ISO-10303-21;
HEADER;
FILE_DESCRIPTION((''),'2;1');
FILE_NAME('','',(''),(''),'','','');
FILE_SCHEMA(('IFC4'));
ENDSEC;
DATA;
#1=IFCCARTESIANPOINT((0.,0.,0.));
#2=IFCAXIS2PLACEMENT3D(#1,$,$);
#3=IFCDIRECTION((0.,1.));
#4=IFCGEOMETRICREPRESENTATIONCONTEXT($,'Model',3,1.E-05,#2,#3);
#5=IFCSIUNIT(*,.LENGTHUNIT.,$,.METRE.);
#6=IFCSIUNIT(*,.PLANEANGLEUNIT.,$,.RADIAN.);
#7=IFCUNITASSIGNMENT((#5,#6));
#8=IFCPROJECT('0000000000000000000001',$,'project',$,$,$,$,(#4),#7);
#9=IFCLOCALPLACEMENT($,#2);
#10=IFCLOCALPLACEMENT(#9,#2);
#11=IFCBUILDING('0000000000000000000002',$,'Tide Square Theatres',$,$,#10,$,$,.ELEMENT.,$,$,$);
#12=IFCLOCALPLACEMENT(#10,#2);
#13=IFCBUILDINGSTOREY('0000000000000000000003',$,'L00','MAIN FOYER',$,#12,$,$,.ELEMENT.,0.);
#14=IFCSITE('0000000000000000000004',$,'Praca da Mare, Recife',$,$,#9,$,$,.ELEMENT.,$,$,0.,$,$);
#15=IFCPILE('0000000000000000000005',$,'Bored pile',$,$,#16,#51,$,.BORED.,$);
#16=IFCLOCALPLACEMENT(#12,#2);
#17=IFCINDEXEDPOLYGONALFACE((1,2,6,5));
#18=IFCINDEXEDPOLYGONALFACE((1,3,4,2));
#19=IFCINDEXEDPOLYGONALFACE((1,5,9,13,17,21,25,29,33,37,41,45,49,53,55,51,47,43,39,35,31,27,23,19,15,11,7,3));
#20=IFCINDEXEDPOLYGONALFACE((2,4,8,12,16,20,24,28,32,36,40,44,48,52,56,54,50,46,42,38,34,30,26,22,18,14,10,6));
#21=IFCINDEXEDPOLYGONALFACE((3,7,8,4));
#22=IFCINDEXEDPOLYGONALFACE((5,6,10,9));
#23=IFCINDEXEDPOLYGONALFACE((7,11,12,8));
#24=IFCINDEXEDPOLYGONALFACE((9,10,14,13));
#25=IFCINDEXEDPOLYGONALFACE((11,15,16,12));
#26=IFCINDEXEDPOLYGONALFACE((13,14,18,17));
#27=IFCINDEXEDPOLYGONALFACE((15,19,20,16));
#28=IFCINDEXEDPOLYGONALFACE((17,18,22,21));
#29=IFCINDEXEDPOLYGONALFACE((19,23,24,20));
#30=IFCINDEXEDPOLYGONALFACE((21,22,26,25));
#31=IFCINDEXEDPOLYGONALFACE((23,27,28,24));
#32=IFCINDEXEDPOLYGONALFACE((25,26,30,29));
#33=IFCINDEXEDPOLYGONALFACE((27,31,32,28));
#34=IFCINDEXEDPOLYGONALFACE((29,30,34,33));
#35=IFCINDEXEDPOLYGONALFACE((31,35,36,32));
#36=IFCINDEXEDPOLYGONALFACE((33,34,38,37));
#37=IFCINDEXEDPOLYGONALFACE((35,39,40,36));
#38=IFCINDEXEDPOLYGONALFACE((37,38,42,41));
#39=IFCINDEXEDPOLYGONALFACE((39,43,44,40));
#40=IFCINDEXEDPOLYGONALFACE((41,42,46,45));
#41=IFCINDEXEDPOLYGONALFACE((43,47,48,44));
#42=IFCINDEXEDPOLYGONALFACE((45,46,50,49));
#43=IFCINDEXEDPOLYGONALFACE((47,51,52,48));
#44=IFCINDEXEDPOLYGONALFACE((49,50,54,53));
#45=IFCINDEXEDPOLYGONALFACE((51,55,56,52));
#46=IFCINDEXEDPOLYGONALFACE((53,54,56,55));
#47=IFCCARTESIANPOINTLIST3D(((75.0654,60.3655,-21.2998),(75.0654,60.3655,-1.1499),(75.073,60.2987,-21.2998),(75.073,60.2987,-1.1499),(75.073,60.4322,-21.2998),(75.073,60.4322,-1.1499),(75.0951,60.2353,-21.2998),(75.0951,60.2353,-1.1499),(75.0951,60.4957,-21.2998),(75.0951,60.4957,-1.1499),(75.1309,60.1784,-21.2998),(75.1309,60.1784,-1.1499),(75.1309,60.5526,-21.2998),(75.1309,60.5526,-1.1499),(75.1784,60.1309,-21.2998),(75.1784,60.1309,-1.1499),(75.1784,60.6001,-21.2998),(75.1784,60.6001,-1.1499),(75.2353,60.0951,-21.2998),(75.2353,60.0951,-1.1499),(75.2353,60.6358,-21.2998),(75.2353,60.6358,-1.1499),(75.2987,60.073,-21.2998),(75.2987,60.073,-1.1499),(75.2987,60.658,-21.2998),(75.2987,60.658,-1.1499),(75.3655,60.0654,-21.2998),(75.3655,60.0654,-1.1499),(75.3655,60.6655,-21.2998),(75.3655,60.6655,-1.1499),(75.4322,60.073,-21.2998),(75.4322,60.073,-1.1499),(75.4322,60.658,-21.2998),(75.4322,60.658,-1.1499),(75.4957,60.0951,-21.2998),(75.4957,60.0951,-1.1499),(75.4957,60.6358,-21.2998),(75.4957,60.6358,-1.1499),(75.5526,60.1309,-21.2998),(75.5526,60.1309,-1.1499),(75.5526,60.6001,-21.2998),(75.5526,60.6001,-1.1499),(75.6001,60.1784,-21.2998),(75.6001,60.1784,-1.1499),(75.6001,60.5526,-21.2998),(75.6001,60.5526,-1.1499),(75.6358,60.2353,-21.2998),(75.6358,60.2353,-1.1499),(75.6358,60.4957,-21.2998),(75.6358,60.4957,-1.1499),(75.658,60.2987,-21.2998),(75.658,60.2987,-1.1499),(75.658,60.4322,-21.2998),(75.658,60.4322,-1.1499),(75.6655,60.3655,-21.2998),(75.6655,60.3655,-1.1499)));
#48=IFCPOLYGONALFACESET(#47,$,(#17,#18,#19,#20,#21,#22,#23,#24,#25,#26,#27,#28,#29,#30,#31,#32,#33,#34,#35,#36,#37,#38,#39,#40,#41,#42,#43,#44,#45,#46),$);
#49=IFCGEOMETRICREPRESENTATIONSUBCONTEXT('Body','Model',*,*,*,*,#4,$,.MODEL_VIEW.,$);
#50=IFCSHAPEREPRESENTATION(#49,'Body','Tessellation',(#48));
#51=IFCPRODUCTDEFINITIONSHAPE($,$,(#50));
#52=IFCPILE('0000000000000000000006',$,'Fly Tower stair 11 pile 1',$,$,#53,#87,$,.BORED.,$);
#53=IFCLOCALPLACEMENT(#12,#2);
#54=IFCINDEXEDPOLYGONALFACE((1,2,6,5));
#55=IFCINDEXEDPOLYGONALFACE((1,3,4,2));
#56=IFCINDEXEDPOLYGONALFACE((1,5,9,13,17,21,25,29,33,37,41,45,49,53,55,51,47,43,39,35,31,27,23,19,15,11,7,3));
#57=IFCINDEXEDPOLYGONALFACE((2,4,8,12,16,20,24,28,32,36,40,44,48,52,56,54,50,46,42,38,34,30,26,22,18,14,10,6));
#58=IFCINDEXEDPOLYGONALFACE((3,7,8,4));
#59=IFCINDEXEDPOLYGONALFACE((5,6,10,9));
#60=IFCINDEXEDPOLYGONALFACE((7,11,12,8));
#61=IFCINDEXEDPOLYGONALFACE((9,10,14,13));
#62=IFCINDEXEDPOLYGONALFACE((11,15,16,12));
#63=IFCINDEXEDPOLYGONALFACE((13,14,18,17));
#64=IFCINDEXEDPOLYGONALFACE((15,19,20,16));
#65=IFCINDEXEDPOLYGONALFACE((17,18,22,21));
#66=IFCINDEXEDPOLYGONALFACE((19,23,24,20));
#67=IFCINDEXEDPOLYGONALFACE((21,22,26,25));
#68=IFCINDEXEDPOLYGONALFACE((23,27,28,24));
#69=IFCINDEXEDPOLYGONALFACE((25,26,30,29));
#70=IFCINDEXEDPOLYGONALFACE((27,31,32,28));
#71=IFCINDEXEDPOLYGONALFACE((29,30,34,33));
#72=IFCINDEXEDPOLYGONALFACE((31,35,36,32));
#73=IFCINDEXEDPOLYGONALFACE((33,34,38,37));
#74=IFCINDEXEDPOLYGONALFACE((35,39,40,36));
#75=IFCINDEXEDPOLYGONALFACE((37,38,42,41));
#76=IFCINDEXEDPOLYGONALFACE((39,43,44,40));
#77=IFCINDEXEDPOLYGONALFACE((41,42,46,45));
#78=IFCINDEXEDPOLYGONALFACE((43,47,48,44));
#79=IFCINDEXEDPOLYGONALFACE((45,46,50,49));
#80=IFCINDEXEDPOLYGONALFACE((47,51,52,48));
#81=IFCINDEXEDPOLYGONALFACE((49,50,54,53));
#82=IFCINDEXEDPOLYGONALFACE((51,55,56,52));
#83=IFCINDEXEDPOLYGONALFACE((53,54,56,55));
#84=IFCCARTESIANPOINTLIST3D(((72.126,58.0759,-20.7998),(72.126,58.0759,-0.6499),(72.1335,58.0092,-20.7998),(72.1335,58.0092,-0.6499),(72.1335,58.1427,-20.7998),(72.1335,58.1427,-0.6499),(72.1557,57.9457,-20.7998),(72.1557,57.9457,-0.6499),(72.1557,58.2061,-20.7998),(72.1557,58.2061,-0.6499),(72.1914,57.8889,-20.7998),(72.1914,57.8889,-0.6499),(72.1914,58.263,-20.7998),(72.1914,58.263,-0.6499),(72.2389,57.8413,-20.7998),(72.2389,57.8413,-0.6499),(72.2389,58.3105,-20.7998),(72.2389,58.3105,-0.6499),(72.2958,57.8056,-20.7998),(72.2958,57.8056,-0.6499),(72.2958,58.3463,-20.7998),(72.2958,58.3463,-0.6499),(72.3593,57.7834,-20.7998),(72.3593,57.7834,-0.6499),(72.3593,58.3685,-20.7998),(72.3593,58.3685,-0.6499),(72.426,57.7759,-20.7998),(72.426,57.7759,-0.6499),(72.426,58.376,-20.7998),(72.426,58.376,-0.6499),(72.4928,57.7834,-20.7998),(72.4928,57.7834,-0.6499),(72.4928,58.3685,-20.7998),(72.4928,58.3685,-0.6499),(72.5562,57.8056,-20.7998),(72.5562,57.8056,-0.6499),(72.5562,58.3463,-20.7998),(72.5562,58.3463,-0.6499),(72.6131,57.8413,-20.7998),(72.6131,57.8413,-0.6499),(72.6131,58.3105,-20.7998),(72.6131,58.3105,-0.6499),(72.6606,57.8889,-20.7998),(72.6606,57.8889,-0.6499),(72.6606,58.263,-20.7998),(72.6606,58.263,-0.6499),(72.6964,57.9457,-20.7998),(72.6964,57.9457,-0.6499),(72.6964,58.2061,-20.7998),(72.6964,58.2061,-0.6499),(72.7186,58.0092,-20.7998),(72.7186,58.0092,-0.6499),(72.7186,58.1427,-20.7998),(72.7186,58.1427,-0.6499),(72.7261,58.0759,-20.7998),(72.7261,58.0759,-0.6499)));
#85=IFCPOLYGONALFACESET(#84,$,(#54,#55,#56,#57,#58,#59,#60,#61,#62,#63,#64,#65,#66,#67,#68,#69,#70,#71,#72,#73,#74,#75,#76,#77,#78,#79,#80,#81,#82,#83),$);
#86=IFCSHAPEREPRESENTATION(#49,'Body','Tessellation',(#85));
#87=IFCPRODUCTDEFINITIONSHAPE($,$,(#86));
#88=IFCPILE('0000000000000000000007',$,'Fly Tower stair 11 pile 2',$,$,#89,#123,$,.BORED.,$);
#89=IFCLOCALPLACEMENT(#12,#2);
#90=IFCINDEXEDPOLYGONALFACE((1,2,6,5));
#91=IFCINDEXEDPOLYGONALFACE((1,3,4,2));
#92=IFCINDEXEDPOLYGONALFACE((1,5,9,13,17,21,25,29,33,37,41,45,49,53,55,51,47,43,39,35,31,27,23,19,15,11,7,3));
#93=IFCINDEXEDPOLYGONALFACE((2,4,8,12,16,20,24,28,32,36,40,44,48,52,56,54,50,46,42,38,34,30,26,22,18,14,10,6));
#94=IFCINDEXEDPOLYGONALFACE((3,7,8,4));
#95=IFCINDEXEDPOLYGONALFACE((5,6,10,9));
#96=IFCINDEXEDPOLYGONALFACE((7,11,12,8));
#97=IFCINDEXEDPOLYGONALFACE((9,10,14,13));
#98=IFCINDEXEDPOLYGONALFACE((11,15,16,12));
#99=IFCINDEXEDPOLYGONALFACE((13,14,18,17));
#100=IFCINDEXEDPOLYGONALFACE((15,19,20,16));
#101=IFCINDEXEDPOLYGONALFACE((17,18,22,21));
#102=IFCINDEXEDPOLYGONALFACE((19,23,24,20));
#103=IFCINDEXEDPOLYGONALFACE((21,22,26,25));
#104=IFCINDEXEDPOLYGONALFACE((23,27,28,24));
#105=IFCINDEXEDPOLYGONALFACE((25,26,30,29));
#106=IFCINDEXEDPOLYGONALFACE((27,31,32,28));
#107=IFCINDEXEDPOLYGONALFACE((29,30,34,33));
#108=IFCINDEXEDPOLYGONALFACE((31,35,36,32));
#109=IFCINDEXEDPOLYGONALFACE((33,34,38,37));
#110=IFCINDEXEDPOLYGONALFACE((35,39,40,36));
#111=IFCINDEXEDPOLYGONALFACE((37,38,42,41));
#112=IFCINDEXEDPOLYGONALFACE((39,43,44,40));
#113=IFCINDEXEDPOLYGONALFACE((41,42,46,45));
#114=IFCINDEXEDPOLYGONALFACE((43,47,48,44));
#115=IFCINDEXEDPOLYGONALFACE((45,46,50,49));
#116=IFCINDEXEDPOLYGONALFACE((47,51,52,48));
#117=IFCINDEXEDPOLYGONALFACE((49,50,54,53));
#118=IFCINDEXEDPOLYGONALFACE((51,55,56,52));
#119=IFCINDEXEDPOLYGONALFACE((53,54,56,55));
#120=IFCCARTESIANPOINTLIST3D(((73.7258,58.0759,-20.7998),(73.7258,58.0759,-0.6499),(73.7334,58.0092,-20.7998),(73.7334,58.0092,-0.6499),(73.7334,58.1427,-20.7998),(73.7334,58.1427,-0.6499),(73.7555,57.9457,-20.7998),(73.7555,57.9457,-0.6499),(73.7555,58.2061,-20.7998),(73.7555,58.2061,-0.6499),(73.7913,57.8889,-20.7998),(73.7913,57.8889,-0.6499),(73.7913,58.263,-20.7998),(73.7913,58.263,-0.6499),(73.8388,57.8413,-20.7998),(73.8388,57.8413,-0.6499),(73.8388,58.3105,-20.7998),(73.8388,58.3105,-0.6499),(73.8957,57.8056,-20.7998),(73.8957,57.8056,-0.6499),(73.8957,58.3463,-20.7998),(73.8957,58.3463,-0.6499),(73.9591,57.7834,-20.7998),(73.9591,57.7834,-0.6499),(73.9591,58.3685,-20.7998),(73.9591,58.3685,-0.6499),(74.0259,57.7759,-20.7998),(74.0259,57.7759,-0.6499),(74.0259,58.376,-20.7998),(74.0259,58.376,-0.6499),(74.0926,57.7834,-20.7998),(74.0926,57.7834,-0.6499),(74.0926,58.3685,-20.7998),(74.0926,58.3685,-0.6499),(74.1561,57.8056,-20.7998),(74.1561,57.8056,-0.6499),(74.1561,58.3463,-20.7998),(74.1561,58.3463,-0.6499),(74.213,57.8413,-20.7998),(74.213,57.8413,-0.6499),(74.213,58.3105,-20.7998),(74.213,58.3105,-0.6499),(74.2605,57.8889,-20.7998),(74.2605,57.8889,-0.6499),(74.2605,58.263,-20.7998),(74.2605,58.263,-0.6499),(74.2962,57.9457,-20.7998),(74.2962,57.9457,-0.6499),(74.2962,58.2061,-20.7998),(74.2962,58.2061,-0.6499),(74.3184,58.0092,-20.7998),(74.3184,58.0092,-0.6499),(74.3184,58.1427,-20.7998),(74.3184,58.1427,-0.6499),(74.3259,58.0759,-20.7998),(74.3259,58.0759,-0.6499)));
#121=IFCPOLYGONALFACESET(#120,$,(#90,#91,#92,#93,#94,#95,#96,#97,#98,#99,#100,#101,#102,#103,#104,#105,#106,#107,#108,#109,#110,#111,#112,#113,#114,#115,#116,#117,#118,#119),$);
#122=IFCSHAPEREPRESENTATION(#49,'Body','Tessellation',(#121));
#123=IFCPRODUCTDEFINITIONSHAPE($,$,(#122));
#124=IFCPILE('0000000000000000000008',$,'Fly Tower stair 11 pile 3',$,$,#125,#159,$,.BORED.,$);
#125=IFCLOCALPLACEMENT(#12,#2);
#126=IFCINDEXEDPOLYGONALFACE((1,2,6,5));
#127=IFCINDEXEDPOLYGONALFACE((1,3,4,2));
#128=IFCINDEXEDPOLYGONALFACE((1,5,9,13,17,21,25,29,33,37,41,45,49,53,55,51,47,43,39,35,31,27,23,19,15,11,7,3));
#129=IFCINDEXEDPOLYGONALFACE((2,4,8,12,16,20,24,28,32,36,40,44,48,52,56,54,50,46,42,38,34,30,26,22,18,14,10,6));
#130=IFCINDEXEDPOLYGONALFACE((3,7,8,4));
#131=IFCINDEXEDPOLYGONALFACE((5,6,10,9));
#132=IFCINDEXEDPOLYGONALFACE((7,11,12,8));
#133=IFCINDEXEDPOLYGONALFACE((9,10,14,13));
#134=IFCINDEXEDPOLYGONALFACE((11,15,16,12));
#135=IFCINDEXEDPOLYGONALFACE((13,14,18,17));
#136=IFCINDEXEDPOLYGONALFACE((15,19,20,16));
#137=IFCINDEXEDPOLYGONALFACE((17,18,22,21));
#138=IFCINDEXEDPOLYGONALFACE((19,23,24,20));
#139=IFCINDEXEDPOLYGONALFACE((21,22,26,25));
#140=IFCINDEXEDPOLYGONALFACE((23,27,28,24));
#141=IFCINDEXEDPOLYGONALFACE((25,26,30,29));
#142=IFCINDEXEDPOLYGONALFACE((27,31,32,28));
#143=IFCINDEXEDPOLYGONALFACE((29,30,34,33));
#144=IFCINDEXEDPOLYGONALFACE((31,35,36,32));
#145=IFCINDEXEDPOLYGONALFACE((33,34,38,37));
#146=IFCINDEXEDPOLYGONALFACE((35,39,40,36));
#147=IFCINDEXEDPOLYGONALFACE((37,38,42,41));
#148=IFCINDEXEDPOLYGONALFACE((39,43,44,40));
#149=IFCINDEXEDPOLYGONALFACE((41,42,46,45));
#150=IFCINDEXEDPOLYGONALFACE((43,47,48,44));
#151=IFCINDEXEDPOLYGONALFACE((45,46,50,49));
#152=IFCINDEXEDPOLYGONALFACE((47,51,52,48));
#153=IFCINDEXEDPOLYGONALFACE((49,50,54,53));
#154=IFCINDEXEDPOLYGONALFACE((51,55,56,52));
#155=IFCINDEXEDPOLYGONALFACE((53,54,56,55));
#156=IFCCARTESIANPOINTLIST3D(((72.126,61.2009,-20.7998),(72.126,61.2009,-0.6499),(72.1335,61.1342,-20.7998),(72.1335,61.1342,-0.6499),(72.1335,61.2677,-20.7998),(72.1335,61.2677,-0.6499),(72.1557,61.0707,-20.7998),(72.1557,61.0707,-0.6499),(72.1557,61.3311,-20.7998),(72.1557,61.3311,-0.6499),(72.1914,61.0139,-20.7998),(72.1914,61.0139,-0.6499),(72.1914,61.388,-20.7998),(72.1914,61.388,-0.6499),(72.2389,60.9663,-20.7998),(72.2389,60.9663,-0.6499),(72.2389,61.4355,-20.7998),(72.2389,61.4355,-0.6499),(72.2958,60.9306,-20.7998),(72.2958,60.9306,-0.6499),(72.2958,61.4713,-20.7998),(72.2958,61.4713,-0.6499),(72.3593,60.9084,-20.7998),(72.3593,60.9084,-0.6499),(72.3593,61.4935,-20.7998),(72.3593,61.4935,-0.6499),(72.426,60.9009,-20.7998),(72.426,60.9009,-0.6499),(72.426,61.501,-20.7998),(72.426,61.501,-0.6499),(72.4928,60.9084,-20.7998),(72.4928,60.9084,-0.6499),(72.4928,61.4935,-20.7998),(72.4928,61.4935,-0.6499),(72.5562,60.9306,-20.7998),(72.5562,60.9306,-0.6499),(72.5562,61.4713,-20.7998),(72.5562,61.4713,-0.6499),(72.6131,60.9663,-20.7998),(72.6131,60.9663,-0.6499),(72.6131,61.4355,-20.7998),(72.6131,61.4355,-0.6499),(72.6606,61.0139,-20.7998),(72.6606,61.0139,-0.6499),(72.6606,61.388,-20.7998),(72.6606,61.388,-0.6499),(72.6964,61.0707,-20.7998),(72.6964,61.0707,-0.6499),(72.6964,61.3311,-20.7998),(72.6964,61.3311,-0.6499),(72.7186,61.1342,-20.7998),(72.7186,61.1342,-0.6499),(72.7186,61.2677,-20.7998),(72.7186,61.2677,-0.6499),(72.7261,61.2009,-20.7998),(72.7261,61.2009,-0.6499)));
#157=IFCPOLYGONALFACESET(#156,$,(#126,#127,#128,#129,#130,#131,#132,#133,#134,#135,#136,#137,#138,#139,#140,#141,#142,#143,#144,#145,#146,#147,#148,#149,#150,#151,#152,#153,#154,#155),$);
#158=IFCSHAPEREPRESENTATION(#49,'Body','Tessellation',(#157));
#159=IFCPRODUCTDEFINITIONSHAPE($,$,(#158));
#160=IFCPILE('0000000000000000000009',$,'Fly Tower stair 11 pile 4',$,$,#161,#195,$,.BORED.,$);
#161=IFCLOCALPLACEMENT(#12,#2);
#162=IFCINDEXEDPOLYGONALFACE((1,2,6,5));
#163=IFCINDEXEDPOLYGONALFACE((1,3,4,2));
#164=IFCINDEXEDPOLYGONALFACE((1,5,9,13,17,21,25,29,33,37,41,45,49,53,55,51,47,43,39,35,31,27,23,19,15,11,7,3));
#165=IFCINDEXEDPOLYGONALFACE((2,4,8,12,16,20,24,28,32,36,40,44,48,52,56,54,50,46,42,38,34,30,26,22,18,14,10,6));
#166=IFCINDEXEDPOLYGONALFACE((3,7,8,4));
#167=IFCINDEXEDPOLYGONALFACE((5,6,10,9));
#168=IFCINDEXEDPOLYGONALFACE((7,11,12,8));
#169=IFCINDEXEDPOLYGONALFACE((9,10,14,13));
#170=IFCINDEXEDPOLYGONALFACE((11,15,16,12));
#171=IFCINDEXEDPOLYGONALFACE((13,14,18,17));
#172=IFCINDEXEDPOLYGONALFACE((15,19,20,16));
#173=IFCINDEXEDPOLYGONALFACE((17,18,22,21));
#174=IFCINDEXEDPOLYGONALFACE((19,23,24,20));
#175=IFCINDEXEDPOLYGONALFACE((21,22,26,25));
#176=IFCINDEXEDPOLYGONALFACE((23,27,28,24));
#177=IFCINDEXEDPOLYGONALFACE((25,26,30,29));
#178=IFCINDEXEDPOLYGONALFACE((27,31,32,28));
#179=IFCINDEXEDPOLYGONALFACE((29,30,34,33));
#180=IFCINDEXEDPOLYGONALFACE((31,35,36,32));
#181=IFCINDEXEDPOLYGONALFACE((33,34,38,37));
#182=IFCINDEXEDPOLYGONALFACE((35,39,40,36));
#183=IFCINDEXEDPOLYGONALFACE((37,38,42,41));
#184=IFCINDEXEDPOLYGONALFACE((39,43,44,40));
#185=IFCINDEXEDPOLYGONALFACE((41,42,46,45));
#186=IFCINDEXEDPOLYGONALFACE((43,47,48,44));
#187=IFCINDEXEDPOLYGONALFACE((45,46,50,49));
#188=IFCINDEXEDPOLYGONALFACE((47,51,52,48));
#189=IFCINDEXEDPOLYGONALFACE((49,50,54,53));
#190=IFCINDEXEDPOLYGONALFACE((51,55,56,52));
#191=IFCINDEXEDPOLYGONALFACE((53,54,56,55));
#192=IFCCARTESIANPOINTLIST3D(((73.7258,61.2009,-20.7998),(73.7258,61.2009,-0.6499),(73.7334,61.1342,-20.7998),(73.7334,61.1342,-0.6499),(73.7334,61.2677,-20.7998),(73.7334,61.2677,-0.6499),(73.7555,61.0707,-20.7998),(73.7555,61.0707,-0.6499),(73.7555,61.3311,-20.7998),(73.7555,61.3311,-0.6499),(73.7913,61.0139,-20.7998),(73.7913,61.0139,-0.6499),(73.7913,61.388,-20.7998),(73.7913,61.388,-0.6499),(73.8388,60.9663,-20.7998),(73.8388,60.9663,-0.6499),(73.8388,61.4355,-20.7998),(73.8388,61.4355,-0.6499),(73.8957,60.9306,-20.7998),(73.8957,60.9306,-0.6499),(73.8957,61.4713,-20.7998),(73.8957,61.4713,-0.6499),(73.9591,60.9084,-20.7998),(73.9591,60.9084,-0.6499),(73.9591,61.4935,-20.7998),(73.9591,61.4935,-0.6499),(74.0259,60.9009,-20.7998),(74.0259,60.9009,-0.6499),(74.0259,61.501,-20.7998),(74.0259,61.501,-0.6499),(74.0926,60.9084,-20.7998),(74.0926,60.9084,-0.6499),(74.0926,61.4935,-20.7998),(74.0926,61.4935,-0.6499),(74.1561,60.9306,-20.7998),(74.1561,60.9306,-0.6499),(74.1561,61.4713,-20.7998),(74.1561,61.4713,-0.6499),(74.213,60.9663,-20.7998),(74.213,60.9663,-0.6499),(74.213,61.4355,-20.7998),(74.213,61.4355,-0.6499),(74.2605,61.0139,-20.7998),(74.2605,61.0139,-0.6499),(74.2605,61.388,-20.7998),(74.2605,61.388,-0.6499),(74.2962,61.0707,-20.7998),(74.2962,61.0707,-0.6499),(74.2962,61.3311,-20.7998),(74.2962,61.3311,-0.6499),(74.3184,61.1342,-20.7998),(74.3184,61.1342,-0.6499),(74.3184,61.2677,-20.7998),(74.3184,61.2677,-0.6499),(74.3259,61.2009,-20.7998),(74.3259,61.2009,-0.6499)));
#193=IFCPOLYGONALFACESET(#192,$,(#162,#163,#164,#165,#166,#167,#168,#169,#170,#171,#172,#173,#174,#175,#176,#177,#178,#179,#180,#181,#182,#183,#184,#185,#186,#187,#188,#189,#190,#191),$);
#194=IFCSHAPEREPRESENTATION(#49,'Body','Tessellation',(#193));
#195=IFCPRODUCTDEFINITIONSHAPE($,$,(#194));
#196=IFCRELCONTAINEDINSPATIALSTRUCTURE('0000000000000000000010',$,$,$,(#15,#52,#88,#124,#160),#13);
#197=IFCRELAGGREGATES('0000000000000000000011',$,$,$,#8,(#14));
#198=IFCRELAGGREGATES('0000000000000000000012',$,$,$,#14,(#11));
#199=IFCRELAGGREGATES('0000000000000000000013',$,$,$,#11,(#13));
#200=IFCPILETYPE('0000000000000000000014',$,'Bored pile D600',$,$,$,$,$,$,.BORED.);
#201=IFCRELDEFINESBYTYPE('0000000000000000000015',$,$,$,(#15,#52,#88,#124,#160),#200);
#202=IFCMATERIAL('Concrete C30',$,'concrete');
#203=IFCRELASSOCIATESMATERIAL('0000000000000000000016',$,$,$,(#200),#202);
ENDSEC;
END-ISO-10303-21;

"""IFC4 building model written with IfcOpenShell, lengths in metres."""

from ifc_helpers import new_model, si_unit, direction, frame, origin, origin_2d, place, context, subcontext, project, spatial, circle, extrude, material, material_profile, profile_set, type_object, element, save


model = new_model("IFC4")

# Units and contexts
model_context = context("Model", 3, precision=1e-05, world=origin(), true_north=direction((0.0, 1.0)))
body_context = subcontext(model_context, "Body", "Model", "MODEL_VIEW")
ifc_project = project(units=[si_unit("LENGTHUNIT", "METRE"), si_unit("PLANEANGLEUNIT", "RADIAN")], contexts=[model_context])

# Site, building, storey
site_placement = place(None, origin())
site = spatial("IfcSite", under=ifc_project, at=site_placement, Name="Praca da Mare, Recife", CompositionType="ELEMENT", RefElevation=0.0)
building_placement = place(site_placement, origin())
building = spatial("IfcBuilding", under=site, at=building_placement, Name="Tide Square Theatres", CompositionType="ELEMENT")
storey_placement = place(building_placement, origin())
storey = spatial("IfcBuildingStorey", under=building, at=storey_placement, Name="L00", Description="MAIN FOYER", CompositionType="ELEMENT", Elevation=0.0)

# Piles
ifc_material_1 = material(Name="Concrete C30", Category="concrete")
ifc_material_profile_1 = material_profile(ifc_material_1, circle(Radius=0.3, at=origin_2d()))
ifc_profile_set_1 = profile_set([ifc_material_profile_1], Name="Concrete C30")
pile_type_1 = type_object("IfcPileType", Name="Bored pile D600", PredefinedType="BORED", material=ifc_profile_set_1)
for number, where, z_axis, x_axis, name in (
    (1, (75.3655, 60.3655, -1.1499), (0.0, 0.0, -1.0), (1.0, 0.0, 0.0), "Bored pile"),
    (2, (72.426, 58.0759, -0.6499), (0.0, 0.0, -1.0), (1.0, 0.0, 0.0), "Fly Tower stair 11 pile 1"),
    (3, (74.0259, 58.0759, -0.6499), (0.0, 0.0, -1.0), (1.0, 0.0, 0.0), "Fly Tower stair 11 pile 2"),
    (4, (72.426, 61.2009, -0.6499), (0.0, 0.0, -1.0), (1.0, 0.0, 0.0), "Fly Tower stair 11 pile 3"),
    (5, (74.0259, 61.2009, -0.6499), (0.0, 0.0, -1.0), (1.0, 0.0, 0.0), "Fly Tower stair 11 pile 4"),
):
    element("IfcPile", number, at=place(storey_placement, frame(where, z_axis=z_axis, x_axis=x_axis)), inside=storey, type_object=pile_type_1, Name=name, PredefinedType="BORED", context=body_context, shape_type="SweptSolid", body=[
        extrude(circle(Radius=0.3, at=origin_2d()), origin(), (0.0, 0.0, 1.0), 20.1499),
    ])

save(model, "model.ifc")
